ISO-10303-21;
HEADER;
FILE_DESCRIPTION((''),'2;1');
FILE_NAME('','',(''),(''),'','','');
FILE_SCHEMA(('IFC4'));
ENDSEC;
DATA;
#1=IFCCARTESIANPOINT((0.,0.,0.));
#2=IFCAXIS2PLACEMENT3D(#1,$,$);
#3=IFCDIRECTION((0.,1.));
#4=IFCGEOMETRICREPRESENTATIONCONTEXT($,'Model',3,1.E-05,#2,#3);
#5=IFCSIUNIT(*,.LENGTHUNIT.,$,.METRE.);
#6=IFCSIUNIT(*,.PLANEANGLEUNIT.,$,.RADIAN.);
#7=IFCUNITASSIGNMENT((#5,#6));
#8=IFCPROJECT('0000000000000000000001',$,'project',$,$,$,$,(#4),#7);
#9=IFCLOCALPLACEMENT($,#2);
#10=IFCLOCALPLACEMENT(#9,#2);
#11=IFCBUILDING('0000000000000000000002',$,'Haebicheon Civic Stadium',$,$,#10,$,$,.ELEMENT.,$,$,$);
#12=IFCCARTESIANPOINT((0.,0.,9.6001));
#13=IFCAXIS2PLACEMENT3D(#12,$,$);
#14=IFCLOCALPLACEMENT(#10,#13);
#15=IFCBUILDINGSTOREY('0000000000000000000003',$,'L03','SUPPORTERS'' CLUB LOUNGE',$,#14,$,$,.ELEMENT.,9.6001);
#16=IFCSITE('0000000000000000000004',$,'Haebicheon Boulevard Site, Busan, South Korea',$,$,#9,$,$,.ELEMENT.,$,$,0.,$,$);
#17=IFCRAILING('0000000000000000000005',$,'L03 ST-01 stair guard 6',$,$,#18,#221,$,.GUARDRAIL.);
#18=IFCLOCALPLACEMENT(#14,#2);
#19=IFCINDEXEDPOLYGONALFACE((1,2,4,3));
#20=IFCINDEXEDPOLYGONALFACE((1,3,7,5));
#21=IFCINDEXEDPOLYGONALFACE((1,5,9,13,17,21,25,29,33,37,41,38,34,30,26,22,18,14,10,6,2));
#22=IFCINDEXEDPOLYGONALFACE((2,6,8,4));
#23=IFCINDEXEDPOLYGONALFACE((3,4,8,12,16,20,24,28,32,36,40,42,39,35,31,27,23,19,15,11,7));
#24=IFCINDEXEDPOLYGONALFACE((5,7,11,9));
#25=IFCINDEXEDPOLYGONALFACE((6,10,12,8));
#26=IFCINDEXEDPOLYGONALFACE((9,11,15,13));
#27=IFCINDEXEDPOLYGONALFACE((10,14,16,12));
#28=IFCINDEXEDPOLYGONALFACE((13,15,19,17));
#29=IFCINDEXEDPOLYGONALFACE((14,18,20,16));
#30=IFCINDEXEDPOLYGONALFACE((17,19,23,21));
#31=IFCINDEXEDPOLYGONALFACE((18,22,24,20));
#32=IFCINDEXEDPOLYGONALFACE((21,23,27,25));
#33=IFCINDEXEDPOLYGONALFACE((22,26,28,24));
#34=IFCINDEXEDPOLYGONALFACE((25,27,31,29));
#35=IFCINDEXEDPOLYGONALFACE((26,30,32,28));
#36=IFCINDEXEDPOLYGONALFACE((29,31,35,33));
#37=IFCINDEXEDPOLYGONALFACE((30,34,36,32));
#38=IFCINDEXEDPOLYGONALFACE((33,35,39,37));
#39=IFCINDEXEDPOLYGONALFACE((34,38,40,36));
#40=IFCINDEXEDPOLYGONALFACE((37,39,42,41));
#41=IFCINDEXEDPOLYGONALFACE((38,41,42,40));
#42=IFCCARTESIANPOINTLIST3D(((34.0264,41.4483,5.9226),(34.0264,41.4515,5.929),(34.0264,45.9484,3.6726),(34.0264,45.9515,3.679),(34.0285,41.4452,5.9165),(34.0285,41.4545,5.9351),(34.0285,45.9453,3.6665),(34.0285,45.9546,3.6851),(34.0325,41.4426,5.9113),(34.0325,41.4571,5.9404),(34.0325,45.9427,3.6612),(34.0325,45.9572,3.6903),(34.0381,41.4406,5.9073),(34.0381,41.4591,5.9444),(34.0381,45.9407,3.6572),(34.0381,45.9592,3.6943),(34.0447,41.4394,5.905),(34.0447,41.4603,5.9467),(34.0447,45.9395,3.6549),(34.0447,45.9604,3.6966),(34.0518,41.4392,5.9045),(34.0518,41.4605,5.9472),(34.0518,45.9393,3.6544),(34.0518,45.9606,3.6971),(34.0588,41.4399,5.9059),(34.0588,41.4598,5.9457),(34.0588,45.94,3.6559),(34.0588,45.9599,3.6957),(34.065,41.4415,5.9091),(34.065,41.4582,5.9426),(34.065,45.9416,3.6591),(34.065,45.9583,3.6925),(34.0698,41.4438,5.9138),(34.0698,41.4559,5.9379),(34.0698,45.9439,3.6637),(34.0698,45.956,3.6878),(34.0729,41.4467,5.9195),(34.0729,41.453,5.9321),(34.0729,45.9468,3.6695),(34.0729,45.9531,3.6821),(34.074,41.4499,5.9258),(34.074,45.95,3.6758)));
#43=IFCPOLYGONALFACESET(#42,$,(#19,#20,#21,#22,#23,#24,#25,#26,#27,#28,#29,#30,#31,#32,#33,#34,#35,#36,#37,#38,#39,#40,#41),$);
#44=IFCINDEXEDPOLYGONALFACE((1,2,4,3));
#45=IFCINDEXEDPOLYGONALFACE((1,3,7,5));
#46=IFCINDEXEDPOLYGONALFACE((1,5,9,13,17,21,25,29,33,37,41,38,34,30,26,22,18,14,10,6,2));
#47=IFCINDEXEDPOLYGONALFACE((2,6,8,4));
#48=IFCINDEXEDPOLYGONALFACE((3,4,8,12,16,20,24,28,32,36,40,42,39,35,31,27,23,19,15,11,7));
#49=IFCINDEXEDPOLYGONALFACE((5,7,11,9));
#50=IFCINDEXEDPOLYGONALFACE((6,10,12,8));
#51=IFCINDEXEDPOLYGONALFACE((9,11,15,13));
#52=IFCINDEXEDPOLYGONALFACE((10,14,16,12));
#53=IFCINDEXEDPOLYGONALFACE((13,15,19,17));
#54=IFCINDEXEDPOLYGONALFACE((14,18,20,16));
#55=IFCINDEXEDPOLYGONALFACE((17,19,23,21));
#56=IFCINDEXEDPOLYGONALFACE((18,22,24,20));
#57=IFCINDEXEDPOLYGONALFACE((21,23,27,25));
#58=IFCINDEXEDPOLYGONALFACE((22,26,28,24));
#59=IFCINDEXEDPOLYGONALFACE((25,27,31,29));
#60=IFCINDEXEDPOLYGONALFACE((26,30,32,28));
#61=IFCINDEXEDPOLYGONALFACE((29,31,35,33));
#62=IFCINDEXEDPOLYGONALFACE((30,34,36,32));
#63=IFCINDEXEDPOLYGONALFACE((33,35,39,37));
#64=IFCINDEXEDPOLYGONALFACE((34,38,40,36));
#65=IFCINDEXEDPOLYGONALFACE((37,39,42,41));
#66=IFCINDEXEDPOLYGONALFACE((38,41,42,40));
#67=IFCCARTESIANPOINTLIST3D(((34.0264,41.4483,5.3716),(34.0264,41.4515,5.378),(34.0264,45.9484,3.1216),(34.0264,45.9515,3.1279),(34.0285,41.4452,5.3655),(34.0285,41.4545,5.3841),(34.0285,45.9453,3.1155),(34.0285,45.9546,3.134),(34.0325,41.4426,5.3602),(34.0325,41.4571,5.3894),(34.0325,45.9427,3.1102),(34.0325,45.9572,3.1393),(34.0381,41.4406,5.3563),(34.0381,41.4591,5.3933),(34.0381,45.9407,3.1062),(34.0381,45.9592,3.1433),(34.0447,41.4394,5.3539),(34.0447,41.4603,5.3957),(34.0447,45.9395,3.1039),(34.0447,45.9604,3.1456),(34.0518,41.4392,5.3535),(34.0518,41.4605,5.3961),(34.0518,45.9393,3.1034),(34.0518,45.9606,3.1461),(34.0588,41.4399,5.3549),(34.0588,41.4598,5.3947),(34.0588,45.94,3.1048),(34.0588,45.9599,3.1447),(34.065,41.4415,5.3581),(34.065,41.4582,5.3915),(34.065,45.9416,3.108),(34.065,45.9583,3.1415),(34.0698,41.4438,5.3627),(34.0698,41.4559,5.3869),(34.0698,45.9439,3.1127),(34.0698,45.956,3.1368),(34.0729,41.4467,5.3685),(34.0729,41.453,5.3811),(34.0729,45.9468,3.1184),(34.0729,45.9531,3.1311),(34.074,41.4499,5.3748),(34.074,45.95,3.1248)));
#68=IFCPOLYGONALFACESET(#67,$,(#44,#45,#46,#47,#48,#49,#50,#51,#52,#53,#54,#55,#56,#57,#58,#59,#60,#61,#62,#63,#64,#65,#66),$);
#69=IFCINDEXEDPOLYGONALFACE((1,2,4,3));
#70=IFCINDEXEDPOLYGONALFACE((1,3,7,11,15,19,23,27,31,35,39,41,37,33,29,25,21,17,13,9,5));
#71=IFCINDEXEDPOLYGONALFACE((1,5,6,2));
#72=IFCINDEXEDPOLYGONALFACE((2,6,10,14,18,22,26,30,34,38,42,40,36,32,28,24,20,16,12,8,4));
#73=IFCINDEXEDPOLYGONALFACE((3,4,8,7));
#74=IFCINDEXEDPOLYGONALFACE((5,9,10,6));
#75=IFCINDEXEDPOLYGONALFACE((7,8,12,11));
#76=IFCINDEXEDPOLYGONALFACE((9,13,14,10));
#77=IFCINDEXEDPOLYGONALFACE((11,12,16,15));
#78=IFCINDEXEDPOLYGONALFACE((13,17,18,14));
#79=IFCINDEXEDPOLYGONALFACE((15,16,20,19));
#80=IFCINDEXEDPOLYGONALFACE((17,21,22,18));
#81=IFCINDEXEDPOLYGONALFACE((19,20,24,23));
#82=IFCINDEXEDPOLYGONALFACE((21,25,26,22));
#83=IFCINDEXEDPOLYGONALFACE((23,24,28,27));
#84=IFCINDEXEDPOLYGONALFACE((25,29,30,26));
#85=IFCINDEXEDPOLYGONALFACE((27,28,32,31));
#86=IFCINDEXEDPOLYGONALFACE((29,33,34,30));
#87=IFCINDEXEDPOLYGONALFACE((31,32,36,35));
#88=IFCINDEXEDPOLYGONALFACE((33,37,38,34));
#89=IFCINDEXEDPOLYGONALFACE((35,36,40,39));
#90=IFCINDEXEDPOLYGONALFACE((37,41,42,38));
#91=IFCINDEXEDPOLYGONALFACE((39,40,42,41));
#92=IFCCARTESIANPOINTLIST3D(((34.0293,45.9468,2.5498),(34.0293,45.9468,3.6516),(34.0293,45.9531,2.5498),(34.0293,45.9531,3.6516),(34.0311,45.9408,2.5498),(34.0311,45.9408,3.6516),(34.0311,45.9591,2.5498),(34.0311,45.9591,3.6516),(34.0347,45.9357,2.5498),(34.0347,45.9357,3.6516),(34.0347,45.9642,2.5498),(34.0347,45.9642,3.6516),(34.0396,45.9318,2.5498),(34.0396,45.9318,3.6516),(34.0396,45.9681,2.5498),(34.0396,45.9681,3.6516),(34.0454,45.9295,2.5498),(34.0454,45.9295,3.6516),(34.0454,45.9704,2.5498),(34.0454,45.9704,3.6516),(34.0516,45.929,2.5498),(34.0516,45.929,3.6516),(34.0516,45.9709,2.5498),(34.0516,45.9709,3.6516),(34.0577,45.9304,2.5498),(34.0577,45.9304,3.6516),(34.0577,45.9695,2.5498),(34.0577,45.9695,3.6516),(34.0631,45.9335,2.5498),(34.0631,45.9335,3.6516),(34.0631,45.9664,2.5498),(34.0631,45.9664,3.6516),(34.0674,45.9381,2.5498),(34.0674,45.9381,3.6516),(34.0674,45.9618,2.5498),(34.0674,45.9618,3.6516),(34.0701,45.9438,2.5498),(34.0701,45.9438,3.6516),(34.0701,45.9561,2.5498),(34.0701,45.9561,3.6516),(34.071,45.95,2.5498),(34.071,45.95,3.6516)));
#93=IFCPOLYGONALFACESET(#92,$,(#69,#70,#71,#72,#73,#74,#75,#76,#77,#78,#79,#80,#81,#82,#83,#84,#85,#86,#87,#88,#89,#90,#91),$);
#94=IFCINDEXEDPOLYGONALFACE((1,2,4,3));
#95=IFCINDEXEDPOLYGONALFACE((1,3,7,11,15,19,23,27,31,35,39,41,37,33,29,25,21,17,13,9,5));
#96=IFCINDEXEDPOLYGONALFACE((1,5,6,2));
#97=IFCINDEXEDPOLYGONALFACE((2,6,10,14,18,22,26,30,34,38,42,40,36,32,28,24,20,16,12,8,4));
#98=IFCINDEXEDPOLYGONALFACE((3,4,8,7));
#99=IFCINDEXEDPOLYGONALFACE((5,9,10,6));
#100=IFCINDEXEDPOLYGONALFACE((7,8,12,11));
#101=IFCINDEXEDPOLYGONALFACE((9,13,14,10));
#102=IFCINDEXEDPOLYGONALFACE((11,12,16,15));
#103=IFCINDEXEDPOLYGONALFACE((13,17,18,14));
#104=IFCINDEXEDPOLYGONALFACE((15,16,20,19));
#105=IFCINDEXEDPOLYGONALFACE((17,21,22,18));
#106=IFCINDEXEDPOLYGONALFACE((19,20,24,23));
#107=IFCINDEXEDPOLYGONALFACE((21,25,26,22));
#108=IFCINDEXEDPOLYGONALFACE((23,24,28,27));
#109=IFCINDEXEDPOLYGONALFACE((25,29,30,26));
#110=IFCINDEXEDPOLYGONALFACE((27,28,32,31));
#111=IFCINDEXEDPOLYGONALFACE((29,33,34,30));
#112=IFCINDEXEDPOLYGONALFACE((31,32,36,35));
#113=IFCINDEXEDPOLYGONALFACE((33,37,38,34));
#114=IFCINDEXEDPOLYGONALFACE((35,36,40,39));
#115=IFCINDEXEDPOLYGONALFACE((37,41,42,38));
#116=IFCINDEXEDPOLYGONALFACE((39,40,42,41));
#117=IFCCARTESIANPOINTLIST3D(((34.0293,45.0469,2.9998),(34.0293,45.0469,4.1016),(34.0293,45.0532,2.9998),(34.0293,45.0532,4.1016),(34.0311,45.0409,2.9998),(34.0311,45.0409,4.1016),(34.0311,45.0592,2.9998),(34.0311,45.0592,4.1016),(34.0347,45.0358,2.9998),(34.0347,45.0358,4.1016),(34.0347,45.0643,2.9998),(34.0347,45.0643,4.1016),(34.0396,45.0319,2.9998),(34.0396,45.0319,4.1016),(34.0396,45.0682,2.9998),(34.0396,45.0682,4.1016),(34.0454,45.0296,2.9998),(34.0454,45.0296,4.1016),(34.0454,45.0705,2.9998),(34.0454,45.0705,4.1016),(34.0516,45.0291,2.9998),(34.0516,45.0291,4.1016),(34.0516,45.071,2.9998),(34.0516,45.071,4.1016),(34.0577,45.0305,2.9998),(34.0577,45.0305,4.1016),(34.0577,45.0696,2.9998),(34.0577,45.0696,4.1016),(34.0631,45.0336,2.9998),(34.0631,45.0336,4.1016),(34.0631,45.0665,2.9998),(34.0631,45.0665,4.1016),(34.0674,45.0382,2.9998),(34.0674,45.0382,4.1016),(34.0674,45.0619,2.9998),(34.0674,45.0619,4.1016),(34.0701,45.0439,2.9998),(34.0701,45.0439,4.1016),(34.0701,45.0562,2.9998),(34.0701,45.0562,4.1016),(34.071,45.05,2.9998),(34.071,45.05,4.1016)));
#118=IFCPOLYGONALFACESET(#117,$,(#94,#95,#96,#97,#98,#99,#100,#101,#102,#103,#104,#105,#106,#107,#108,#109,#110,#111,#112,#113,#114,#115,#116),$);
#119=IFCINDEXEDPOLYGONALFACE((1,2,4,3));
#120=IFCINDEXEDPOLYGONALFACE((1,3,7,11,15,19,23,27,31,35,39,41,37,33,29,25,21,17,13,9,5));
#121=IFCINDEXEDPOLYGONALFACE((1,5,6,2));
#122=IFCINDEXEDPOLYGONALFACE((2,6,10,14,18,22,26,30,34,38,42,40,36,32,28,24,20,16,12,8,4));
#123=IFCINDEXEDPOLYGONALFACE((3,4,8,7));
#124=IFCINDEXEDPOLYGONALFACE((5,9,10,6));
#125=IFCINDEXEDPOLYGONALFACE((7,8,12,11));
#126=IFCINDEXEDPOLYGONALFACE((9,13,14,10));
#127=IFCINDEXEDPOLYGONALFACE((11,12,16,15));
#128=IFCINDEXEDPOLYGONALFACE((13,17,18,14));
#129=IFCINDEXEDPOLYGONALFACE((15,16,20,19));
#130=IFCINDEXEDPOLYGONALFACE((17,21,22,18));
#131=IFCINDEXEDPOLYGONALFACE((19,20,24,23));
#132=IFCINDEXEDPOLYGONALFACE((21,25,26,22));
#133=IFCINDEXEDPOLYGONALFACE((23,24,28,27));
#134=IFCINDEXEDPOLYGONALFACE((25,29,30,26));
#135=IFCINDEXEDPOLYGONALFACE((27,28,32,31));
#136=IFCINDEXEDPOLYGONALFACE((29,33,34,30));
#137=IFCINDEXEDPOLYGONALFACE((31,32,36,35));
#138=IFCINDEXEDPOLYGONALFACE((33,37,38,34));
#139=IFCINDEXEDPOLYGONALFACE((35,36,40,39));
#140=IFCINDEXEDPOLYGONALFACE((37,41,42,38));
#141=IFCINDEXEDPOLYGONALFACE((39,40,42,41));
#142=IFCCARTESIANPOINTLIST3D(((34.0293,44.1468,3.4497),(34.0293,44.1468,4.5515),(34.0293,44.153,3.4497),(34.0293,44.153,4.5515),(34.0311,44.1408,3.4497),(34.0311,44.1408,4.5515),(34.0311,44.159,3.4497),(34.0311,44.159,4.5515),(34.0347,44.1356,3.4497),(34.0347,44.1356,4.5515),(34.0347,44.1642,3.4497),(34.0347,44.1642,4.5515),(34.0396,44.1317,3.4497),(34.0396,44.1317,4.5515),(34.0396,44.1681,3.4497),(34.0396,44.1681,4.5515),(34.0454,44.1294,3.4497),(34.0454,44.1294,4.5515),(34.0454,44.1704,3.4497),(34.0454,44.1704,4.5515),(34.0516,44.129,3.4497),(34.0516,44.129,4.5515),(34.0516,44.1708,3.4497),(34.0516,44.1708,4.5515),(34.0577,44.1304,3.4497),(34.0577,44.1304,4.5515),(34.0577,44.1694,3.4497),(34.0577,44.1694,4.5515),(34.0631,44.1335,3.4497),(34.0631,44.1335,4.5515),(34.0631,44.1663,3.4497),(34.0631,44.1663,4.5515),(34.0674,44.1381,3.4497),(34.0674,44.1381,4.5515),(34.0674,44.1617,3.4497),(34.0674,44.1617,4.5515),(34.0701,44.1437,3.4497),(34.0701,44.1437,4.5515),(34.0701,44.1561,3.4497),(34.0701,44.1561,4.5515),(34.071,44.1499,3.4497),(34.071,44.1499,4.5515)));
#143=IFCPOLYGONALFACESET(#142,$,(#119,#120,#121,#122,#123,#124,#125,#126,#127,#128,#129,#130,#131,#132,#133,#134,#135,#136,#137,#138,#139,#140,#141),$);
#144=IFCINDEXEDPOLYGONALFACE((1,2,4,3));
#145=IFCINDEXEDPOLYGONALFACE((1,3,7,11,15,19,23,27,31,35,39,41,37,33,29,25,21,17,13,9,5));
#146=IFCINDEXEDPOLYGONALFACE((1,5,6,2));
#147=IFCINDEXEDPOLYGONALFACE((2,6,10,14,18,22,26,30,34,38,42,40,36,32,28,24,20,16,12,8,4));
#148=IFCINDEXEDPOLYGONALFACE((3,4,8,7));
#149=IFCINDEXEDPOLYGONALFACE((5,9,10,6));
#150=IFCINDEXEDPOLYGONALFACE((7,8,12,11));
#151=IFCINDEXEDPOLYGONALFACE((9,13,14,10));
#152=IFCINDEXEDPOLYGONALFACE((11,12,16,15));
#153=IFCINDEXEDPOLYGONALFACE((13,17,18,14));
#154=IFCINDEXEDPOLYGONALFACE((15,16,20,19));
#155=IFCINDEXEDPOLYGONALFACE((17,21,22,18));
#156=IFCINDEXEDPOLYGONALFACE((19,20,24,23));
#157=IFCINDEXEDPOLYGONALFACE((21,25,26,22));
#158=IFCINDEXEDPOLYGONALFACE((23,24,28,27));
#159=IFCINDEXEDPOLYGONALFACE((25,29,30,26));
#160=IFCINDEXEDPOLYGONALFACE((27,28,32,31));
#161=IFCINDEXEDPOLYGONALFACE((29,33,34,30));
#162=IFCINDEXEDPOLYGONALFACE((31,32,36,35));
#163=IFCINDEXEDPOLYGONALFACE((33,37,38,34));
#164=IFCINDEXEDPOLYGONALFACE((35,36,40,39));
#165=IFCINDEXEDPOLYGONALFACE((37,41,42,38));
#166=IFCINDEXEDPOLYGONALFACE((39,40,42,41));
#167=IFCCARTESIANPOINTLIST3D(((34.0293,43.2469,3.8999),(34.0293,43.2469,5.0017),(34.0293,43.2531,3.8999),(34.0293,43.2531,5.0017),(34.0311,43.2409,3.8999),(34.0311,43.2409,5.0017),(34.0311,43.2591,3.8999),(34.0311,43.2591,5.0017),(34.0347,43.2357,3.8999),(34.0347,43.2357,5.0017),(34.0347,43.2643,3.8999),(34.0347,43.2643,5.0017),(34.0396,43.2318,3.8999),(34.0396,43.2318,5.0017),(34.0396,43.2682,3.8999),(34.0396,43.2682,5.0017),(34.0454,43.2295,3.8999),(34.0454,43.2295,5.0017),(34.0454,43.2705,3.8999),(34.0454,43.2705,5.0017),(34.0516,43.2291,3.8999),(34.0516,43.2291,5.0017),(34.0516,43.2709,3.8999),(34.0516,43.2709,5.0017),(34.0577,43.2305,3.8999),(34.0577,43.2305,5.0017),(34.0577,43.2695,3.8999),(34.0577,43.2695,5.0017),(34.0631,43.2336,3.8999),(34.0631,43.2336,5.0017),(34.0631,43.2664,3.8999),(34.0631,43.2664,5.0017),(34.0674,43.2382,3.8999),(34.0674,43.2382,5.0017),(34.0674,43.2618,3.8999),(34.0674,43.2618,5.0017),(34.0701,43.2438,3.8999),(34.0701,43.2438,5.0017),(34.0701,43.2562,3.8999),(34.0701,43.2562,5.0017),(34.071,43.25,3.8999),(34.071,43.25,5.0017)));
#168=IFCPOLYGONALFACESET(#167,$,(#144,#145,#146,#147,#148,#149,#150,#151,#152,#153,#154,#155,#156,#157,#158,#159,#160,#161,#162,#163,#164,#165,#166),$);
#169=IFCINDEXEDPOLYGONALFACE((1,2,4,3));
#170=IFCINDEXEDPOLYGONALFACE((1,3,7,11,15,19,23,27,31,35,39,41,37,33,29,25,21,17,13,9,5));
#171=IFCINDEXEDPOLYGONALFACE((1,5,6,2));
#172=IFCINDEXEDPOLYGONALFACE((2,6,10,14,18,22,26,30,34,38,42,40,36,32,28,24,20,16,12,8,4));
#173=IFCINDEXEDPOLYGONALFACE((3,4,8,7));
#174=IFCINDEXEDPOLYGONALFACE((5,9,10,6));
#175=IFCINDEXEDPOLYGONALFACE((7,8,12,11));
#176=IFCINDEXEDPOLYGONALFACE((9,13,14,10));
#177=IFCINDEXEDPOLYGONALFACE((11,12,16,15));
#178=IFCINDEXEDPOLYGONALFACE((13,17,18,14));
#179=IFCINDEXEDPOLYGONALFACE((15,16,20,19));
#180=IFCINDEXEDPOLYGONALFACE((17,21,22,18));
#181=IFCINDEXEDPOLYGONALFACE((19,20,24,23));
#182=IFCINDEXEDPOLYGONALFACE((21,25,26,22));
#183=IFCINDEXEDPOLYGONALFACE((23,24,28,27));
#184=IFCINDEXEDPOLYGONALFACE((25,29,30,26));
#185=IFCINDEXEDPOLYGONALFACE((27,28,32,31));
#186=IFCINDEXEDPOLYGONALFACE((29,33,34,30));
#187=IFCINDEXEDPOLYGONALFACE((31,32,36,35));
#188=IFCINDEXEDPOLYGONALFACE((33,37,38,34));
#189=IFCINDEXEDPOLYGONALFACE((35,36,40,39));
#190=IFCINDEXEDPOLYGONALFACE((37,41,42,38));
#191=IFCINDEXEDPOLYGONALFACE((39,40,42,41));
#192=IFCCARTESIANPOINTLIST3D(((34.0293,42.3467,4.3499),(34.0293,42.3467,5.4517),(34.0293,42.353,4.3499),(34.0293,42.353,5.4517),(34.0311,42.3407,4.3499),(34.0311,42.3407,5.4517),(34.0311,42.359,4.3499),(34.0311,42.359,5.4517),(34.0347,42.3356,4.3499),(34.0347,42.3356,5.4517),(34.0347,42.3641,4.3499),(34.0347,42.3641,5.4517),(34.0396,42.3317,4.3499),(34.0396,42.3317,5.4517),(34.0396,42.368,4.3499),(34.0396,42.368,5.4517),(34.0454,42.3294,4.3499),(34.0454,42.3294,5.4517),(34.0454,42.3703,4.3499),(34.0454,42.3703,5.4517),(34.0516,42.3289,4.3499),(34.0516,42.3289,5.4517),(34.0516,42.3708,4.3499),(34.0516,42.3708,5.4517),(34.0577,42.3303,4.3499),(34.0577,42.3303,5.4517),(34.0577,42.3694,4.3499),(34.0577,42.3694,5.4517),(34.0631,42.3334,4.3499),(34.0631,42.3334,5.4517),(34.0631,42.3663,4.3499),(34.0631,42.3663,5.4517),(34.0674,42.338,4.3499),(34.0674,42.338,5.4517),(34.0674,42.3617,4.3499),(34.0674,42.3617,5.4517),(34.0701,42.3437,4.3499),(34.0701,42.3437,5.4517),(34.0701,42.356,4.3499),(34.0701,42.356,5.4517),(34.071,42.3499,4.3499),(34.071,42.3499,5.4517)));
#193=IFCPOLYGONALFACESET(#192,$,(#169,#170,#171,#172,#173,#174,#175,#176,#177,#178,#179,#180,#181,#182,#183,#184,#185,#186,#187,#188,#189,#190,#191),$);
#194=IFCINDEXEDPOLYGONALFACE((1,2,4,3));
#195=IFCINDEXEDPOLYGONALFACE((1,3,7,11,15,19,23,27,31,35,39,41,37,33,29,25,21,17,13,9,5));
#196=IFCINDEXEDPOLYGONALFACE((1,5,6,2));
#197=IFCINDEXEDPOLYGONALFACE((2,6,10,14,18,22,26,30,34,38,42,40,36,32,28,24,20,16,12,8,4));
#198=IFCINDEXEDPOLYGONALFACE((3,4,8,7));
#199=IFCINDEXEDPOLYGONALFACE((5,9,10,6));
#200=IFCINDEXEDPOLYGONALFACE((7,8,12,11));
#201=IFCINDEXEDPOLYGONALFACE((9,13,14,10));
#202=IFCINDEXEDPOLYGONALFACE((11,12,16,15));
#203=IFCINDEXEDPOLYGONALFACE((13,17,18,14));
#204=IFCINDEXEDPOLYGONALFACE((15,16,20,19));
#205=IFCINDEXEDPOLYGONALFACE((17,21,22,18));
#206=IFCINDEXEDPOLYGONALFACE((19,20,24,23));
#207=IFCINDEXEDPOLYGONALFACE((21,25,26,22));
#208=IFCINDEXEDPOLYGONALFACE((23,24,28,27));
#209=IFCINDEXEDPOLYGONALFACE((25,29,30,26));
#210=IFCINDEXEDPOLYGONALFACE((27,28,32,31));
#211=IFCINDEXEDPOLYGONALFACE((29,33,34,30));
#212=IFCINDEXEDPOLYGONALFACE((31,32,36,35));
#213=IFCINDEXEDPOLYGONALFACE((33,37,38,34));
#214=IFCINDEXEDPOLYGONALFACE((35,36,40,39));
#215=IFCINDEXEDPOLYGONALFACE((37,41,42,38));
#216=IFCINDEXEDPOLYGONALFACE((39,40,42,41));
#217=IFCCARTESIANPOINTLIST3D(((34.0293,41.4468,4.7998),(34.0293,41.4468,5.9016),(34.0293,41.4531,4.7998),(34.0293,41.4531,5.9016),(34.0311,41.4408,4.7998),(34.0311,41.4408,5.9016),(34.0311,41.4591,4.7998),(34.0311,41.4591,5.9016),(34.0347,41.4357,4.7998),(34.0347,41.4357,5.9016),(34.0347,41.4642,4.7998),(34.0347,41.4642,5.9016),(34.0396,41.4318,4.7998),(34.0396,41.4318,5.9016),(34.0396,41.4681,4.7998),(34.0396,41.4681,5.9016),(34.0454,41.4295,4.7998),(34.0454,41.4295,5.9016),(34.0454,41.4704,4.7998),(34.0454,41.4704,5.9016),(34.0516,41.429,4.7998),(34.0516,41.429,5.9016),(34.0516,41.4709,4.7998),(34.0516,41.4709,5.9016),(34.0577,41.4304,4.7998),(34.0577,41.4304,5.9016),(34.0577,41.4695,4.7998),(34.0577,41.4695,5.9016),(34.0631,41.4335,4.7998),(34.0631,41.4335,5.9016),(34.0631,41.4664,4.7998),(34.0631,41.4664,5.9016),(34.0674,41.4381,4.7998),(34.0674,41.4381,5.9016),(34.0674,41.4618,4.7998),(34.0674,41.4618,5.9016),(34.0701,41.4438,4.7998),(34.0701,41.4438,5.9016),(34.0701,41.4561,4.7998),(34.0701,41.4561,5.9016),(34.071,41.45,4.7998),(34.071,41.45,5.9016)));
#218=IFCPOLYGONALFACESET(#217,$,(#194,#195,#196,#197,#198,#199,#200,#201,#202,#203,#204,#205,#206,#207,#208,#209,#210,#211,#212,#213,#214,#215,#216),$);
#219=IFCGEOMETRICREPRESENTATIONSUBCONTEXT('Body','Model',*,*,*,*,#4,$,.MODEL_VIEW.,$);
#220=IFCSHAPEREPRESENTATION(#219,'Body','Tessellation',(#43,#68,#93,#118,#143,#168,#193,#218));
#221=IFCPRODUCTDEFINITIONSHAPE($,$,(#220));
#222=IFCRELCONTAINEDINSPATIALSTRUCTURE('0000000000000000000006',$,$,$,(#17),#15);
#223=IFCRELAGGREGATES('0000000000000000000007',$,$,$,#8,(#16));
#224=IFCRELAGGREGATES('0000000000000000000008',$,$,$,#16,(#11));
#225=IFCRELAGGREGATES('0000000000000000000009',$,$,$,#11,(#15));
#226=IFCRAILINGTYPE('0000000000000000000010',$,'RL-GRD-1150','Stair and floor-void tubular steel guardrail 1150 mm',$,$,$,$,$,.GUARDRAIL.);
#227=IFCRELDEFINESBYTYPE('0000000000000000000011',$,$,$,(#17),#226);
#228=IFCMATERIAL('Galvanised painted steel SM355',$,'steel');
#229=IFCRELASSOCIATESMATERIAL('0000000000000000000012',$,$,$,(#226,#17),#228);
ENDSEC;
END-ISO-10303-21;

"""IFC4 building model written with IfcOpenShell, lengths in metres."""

from ifc_helpers import new_model, si_unit, direction, frame, origin, origin_2d, place, context, subcontext, project, spatial, circle, extrude, material, type_object, element, save


model = new_model("IFC4")

# Units and contexts
model_context = context("Model", 3, precision=1e-05, world=origin(), true_north=direction((0.0, 1.0)))
body_context = subcontext(model_context, "Body", "Model", "MODEL_VIEW")
ifc_project = project(units=[si_unit("LENGTHUNIT", "METRE"), si_unit("PLANEANGLEUNIT", "RADIAN")], contexts=[model_context])

# Site, building, storey
site_placement = place(None, origin())
site = spatial("IfcSite", under=ifc_project, at=site_placement, Name="Haebicheon Boulevard Site, Busan, South Korea", CompositionType="ELEMENT", RefElevation=0.0)
building_placement = place(site_placement, origin())
building = spatial("IfcBuilding", under=site, at=building_placement, Name="Haebicheon Civic Stadium", CompositionType="ELEMENT")
storey_placement = place(building_placement, frame((0.0, 0.0, 9.6001)))
storey = spatial("IfcBuildingStorey", under=building, at=storey_placement, Name="L03", Description="SUPPORTERS' CLUB LOUNGE", CompositionType="ELEMENT", Elevation=9.6001)

# Railing
ifc_material_1 = material(Name="Galvanised painted steel SM355", Category="steel")
railing_type_1 = type_object("IfcRailingType", Name="RL-GRD-1150", Description="Stair and floor-void tubular steel guardrail 1150 mm", PredefinedType="GUARDRAIL", material=ifc_material_1)
railing_1_placement = place(storey_placement, frame((34.05, 45.95, 2.5498)))
element("IfcRailing", 1, at=railing_1_placement, inside=storey, type_object=railing_type_1, material=ifc_material_1, Name="L03 ST-01 stair guard 6", PredefinedType="GUARDRAIL", context=body_context, shape_type="SweptSolid", body=[
    extrude(circle(Radius=0.0239, at=origin_2d()), frame((0.0, 0.0, 1.126), z_axis=(0.0, -0.894427, 0.447214), x_axis=(1.0, 0.0, 0.0)), (0.0, 0.0, 1.0), 5.0312),
    extrude(circle(Radius=0.0239, at=origin_2d()), frame((0.0, 0.0, 0.575), z_axis=(0.0, -0.894427, 0.447214), x_axis=(1.0, 0.0, 0.0)), (0.0, 0.0, 1.0), 5.0312),
    extrude(circle(Radius=0.021, at=origin_2d()), origin(), (0.0, 0.0, 1.0), 1.1018),
    extrude(circle(Radius=0.021, at=origin_2d()), frame((0.0, -0.8999, 0.45)), (0.0, 0.0, 1.0), 1.1018),
    extrude(circle(Radius=0.021, at=origin_2d()), frame((0.0, -1.8, 0.8999)), (0.0, 0.0, 1.0), 1.1018),
    extrude(circle(Radius=0.021, at=origin_2d()), frame((0.0, -2.7, 1.3501)), (0.0, 0.0, 1.0), 1.1018),
    extrude(circle(Radius=0.021, at=origin_2d()), frame((0.0, -3.6001, 1.8)), (0.0, 0.0, 1.0), 1.1018),
    extrude(circle(Radius=0.021, at=origin_2d()), frame((0.0, -4.5, 2.25)), (0.0, 0.0, 1.0), 1.1018),
])

save(model, "model.ifc")
